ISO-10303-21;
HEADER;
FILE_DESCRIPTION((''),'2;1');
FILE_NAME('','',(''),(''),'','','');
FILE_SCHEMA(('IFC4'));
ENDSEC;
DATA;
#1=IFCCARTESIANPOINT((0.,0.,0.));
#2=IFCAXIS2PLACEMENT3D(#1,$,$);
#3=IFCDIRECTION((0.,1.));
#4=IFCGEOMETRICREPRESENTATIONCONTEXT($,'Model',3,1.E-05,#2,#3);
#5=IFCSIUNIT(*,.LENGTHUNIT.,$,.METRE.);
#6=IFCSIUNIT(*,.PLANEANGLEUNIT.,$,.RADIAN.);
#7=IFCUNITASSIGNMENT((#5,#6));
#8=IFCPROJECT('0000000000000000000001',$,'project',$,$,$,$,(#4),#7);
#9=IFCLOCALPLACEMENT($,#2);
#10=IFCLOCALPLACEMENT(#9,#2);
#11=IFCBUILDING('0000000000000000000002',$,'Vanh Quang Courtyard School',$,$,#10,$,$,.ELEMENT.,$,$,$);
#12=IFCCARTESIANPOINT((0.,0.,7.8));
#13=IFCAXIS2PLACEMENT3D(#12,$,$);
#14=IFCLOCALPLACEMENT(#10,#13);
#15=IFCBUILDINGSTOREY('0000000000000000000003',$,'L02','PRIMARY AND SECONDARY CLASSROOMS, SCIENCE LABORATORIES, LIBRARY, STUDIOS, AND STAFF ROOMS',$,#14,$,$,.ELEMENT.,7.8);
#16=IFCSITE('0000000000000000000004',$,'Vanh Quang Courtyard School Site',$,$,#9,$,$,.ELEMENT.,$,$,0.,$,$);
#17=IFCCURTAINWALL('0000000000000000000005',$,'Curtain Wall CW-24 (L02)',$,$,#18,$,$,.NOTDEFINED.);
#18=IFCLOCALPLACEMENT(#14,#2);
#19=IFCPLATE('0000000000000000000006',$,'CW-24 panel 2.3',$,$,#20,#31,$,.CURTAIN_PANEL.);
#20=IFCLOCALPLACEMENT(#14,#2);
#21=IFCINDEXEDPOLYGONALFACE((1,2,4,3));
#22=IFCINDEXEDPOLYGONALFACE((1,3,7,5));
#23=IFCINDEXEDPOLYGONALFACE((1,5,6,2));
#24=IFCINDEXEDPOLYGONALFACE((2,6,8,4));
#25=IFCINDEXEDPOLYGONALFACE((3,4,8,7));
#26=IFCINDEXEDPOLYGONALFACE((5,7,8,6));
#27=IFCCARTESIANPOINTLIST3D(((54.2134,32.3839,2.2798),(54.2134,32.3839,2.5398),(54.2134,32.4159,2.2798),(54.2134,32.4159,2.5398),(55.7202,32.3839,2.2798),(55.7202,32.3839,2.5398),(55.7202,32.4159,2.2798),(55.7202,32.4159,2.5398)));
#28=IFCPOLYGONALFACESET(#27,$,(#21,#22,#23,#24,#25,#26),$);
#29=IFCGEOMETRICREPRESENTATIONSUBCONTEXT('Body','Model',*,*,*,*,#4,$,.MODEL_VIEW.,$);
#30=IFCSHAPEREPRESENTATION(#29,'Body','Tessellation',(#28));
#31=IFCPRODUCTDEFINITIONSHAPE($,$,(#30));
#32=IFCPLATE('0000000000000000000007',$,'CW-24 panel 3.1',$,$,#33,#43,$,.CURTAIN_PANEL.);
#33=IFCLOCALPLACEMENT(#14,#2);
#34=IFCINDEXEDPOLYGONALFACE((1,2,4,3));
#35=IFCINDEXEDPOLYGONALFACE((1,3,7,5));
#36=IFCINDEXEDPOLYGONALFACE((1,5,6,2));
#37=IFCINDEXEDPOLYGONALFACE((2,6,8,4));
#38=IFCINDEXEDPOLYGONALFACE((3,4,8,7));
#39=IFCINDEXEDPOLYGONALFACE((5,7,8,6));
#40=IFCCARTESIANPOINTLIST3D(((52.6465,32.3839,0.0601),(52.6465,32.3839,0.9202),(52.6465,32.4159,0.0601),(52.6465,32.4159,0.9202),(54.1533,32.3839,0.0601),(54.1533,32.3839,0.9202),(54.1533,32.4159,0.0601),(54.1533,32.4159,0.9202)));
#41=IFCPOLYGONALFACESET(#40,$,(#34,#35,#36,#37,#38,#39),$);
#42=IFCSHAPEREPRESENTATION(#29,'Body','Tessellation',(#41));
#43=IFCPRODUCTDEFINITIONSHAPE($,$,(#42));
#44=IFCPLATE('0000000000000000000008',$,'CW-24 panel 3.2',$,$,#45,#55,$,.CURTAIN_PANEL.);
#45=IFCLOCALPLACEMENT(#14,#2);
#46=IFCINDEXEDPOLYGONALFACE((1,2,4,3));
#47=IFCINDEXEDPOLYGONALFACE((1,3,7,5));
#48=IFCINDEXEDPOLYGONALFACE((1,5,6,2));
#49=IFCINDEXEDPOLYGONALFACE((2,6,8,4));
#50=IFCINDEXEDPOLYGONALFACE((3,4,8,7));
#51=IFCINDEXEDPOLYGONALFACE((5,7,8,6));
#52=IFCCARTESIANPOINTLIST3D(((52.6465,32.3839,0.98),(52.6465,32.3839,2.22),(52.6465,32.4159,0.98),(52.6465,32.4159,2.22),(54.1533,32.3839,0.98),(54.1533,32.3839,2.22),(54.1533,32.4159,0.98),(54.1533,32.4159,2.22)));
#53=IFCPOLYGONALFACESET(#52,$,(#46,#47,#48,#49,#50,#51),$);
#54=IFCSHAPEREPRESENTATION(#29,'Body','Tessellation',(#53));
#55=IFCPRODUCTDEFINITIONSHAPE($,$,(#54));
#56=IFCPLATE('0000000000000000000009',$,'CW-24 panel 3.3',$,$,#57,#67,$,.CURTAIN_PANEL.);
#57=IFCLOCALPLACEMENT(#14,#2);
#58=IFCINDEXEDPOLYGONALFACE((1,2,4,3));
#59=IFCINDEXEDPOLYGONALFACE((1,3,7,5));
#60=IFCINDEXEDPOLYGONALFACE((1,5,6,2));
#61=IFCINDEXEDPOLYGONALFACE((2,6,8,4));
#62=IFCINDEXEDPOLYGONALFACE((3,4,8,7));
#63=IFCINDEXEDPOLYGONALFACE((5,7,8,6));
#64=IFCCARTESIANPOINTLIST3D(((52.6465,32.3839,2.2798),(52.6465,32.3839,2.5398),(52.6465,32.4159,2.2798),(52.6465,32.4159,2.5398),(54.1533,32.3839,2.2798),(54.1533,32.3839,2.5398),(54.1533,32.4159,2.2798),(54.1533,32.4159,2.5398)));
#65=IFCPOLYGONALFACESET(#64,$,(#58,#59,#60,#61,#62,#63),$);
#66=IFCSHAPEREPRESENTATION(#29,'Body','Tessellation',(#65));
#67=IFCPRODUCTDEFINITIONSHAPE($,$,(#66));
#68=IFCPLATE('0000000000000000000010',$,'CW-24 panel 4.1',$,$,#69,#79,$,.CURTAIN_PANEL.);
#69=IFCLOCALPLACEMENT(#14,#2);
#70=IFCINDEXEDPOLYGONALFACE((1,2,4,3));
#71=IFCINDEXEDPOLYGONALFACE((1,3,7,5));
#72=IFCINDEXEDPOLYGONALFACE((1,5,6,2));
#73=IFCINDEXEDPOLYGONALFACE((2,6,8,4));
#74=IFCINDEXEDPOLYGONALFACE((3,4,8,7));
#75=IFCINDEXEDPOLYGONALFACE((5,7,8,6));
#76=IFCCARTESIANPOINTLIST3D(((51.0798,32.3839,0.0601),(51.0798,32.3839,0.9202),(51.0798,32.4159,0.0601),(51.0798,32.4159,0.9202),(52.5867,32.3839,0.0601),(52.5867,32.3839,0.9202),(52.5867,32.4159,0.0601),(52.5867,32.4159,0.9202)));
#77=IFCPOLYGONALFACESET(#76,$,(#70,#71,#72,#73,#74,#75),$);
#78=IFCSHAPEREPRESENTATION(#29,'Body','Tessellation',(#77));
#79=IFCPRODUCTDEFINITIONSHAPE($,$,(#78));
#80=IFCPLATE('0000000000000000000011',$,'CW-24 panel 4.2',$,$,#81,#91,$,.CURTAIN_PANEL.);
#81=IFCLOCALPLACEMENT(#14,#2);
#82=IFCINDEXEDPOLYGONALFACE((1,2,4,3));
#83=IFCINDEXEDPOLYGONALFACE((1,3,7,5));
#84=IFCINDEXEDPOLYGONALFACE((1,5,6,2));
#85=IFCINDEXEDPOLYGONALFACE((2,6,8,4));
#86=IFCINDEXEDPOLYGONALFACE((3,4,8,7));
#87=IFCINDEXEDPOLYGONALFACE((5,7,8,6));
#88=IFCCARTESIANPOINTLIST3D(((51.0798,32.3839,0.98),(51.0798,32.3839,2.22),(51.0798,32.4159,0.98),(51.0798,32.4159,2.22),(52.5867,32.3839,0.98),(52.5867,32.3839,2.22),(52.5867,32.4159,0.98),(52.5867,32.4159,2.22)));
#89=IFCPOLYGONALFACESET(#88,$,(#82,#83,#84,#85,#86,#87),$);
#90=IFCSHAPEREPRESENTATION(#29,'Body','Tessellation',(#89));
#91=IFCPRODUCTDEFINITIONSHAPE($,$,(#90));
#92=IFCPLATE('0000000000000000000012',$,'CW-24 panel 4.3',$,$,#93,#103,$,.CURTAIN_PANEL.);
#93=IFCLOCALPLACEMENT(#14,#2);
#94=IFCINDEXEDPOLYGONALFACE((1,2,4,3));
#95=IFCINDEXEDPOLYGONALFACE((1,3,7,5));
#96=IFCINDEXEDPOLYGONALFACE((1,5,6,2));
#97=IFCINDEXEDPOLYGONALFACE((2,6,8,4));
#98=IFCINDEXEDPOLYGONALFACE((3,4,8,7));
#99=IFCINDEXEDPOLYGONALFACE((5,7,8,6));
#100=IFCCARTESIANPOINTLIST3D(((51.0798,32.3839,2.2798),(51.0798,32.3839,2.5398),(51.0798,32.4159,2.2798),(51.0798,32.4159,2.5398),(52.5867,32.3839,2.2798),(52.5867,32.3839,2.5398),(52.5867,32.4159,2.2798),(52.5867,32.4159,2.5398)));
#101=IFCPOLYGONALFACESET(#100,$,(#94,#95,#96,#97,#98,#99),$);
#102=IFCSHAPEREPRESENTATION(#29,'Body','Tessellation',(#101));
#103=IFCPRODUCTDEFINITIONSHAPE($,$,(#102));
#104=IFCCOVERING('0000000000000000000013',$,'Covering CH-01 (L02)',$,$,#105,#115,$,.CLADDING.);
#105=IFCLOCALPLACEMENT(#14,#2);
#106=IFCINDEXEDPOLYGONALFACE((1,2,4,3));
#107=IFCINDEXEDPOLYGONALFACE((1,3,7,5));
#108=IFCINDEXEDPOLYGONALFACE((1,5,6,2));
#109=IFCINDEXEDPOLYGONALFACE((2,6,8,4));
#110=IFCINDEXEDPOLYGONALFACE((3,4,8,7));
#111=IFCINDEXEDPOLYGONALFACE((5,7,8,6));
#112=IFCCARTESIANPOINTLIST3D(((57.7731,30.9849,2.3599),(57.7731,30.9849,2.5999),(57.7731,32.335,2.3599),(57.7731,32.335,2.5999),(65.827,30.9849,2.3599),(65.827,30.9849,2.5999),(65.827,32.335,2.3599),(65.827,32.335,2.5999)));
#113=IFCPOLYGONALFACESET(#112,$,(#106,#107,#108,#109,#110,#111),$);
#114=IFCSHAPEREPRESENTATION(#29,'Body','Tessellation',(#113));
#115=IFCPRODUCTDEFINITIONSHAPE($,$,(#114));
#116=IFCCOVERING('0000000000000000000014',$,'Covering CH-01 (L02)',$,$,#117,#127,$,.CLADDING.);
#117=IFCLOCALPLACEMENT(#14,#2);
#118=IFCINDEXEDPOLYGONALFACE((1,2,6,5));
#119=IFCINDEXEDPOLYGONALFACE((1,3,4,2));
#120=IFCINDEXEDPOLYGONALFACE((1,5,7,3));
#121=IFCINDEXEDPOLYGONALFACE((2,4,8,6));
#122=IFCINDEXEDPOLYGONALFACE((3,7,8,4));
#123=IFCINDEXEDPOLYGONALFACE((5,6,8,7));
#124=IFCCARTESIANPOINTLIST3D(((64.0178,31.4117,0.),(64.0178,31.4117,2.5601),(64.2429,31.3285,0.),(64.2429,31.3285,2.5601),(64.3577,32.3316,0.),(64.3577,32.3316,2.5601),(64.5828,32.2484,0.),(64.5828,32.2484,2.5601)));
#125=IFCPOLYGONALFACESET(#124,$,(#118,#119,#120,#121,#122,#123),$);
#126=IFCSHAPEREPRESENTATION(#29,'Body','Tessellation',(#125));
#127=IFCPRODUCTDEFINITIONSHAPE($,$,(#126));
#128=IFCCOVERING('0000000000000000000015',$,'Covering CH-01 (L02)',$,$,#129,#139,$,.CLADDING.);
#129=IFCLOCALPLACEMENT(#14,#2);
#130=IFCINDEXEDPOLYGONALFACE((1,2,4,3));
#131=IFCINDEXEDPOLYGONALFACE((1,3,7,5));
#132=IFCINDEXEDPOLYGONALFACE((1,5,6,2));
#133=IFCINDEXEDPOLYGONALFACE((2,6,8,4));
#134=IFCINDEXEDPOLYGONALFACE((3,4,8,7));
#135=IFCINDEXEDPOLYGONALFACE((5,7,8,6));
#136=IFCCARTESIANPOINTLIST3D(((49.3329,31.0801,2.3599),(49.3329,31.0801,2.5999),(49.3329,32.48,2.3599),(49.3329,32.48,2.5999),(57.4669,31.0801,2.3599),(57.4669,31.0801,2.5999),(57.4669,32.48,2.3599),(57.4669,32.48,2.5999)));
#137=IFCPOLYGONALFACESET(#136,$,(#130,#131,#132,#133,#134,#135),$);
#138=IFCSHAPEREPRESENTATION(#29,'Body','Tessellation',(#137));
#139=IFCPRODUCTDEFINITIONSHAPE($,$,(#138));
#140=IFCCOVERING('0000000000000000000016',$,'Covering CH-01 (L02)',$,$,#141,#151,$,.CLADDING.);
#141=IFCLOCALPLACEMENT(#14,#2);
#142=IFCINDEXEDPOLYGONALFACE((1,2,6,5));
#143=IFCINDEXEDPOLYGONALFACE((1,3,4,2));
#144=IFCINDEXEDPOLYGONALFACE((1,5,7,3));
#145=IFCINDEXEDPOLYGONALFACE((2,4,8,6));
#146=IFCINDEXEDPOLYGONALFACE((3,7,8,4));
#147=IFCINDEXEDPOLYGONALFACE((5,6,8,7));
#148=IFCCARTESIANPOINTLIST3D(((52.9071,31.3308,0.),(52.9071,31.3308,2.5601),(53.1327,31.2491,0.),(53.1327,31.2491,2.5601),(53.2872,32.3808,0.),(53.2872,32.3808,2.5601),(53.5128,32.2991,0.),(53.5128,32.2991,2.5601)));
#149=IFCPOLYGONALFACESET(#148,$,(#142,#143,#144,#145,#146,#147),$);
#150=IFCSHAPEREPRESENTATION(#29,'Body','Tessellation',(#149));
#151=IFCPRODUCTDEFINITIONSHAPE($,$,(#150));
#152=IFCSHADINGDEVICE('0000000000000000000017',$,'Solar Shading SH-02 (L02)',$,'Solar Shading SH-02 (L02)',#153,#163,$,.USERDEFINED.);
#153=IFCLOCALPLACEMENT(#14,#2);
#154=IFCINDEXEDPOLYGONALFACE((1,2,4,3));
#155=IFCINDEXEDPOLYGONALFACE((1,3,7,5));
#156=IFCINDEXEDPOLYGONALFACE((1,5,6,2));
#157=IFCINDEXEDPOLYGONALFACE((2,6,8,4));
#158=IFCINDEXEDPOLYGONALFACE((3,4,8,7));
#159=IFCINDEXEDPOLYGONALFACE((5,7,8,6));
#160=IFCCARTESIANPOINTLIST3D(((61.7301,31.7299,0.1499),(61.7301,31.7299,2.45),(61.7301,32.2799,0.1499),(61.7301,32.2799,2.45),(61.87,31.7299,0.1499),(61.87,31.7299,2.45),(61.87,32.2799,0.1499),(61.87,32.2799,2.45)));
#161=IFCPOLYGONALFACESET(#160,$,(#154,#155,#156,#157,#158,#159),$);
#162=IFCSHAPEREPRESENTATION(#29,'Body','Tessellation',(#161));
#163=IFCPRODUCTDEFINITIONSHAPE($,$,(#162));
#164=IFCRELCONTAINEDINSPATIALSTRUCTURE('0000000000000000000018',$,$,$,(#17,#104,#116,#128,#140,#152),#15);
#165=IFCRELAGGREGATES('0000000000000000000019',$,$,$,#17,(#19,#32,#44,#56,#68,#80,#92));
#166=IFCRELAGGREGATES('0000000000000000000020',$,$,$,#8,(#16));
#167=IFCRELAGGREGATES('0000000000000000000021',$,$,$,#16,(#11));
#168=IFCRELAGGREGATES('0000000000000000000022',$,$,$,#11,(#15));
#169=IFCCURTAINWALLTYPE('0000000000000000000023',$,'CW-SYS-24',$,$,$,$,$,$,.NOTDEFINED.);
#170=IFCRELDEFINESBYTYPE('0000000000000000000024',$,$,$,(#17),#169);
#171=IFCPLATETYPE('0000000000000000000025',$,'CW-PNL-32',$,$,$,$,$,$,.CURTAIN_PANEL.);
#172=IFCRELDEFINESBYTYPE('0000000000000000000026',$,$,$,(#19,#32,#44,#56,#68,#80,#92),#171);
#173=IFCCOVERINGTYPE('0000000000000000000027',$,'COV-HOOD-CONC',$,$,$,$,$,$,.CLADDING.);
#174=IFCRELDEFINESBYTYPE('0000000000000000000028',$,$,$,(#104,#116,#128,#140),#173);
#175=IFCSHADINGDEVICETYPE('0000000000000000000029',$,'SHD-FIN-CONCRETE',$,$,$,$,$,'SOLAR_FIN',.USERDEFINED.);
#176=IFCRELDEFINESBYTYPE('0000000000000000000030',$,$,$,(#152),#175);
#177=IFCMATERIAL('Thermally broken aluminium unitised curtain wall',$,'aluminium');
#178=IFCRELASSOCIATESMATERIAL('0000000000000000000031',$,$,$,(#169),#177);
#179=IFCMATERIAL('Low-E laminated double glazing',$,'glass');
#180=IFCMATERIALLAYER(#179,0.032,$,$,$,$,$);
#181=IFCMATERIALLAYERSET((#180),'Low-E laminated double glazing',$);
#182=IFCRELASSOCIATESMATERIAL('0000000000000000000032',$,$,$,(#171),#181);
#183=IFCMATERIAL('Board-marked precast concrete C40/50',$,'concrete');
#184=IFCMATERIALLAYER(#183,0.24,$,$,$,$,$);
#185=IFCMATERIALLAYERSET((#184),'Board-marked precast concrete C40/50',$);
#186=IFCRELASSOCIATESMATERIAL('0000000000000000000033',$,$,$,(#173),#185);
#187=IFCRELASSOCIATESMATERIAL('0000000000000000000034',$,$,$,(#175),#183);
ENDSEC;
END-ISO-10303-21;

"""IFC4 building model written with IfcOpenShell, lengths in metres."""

from ifc_helpers import new_model, si_unit, direction, frame, origin, origin_2d, place, context, subcontext, project, spatial, rectangle, extrude, material, layer, layer_set, type_object, element, aggregate, save


model = new_model("IFC4")

# Units and contexts
model_context = context("Model", 3, precision=1e-05, world=origin(), true_north=direction((0.0, 1.0)))
body_context = subcontext(model_context, "Body", "Model", "MODEL_VIEW")
ifc_project = project(units=[si_unit("LENGTHUNIT", "METRE"), si_unit("PLANEANGLEUNIT", "RADIAN")], contexts=[model_context])

# Site, building, storey
site_placement = place(None, origin())
site = spatial("IfcSite", under=ifc_project, at=site_placement, Name="Vanh Quang Courtyard School Site", CompositionType="ELEMENT", RefElevation=0.0)
building_placement = place(site_placement, origin())
building = spatial("IfcBuilding", under=site, at=building_placement, Name="Vanh Quang Courtyard School", CompositionType="ELEMENT")
storey_placement = place(building_placement, frame((0.0, 0.0, 7.8)))
storey = spatial("IfcBuildingStorey", under=building, at=storey_placement, Name="L02", Description="PRIMARY AND SECONDARY CLASSROOMS, SCIENCE LABORATORIES, LIBRARY, STUDIOS, AND STAFF ROOMS", CompositionType="ELEMENT", Elevation=7.8)

# Curtain wall, plates
ifc_material_1 = material(Name="Thermally broken aluminium unitised curtain wall", Category="aluminium")
curtain_wall_type = type_object("IfcCurtainWallType", Name="CW-SYS-24", PredefinedType="NOTDEFINED", material=ifc_material_1)
curtain_wall_placement = place(storey_placement, origin())
curtain_wall = element("IfcCurtainWall", 1, at=curtain_wall_placement, inside=storey, type_object=curtain_wall_type, Name="Curtain Wall CW-24 (L02)", PredefinedType="NOTDEFINED")
ifc_material_2 = material(Name="Low-E laminated double glazing", Category="glass")
ifc_layer_1 = layer(ifc_material_2, 0.032)
ifc_layer_set_1 = layer_set([ifc_layer_1], Name="Low-E laminated double glazing")
plate_type = type_object("IfcPlateType", Name="CW-PNL-32", PredefinedType="CURTAIN_PANEL", material=ifc_layer_set_1)
plate_1_placement = place(storey_placement, frame((54.9668, 32.3999, 2.2798), z_axis=(0.0, 0.0, 1.0), x_axis=(-1.0, 0.0, 0.0)))
plate_1 = element("IfcPlate", 2, at=plate_1_placement, type_object=plate_type, Name="CW-24 panel 2.3", PredefinedType="CURTAIN_PANEL", context=body_context, shape_type="SweptSolid", body=[
    extrude(rectangle(XDim=1.5068, YDim=0.032, at=origin_2d()), origin(), (0.0, 0.0, 1.0), 0.26),
])
plate_2_placement = place(storey_placement, frame((53.3999, 32.3999, 0.0601), z_axis=(0.0, 0.0, 1.0), x_axis=(-1.0, 0.0, 0.0)))
plate_2 = element("IfcPlate", 3, at=plate_2_placement, type_object=plate_type, Name="CW-24 panel 3.1", PredefinedType="CURTAIN_PANEL", context=body_context, shape_type="SweptSolid", body=[
    extrude(rectangle(XDim=1.5068, YDim=0.032, at=origin_2d()), origin(), (0.0, 0.0, 1.0), 0.8601),
])
plate_3_placement = place(storey_placement, frame((53.3999, 32.3999, 0.98), z_axis=(0.0, 0.0, 1.0), x_axis=(-1.0, 0.0, 0.0)))
plate_3 = element("IfcPlate", 4, at=plate_3_placement, type_object=plate_type, Name="CW-24 panel 3.2", PredefinedType="CURTAIN_PANEL", context=body_context, shape_type="SweptSolid", body=[
    extrude(rectangle(XDim=1.5068, YDim=0.032, at=origin_2d()), origin(), (0.0, 0.0, 1.0), 1.24),
])
plate_4_placement = place(storey_placement, frame((53.3999, 32.3999, 2.2798), z_axis=(0.0, 0.0, 1.0), x_axis=(-1.0, 0.0, 0.0)))
plate_4 = element("IfcPlate", 5, at=plate_4_placement, type_object=plate_type, Name="CW-24 panel 3.3", PredefinedType="CURTAIN_PANEL", context=body_context, shape_type="SweptSolid", body=[
    extrude(rectangle(XDim=1.5068, YDim=0.032, at=origin_2d()), origin(), (0.0, 0.0, 1.0), 0.26),
])
plate_5_placement = place(storey_placement, frame((51.8333, 32.3999, 0.0601), z_axis=(0.0, 0.0, 1.0), x_axis=(-1.0, 0.0, 0.0)))
plate_5 = element("IfcPlate", 6, at=plate_5_placement, type_object=plate_type, Name="CW-24 panel 4.1", PredefinedType="CURTAIN_PANEL", context=body_context, shape_type="SweptSolid", body=[
    extrude(rectangle(XDim=1.5068, YDim=0.032, at=origin_2d()), origin(), (0.0, 0.0, 1.0), 0.8601),
])
plate_6_placement = place(storey_placement, frame((51.8333, 32.3999, 0.98), z_axis=(0.0, 0.0, 1.0), x_axis=(-1.0, 0.0, 0.0)))
plate_6 = element("IfcPlate", 7, at=plate_6_placement, type_object=plate_type, Name="CW-24 panel 4.2", PredefinedType="CURTAIN_PANEL", context=body_context, shape_type="SweptSolid", body=[
    extrude(rectangle(XDim=1.5068, YDim=0.032, at=origin_2d()), origin(), (0.0, 0.0, 1.0), 1.24),
])
plate_7_placement = place(storey_placement, frame((51.8333, 32.3999, 2.2798), z_axis=(0.0, 0.0, 1.0), x_axis=(-1.0, 0.0, 0.0)))
plate_7 = element("IfcPlate", 8, at=plate_7_placement, type_object=plate_type, Name="CW-24 panel 4.3", PredefinedType="CURTAIN_PANEL", context=body_context, shape_type="SweptSolid", body=[
    extrude(rectangle(XDim=1.5068, YDim=0.032, at=origin_2d()), origin(), (0.0, 0.0, 1.0), 0.26),
])
aggregate(curtain_wall, [plate_1, plate_2, plate_3, plate_4, plate_5, plate_6, plate_7])

# Coverings
ifc_material_3 = material(Name="Board-marked precast concrete C40/50", Category="concrete")
ifc_layer_2 = layer(ifc_material_3, 0.24)
ifc_layer_set_2 = layer_set([ifc_layer_2], Name="Board-marked precast concrete C40/50")
covering_type = type_object("IfcCoveringType", Name="COV-HOOD-CONC", PredefinedType="CLADDING", material=ifc_layer_set_2)
covering_1_placement = place(storey_placement, frame((61.8, 31.6599, 2.3599), z_axis=(0.0, 0.0, 1.0), x_axis=(-1.0, 0.0, 0.0)))
element("IfcCovering", 9, at=covering_1_placement, inside=storey, type_object=covering_type, Name="Covering CH-01 (L02)", PredefinedType="CLADDING", context=body_context, shape_type="SweptSolid", body=[
    extrude(rectangle(XDim=8.054, YDim=1.3501, at=origin_2d()), origin(), (0.0, 0.0, 1.0), 0.24),
])
covering_2_placement = place(storey_placement, frame((64.3003, 31.8301, 0.0), z_axis=(0.0, 0.0, 1.0), x_axis=(-0.346608, -0.93801, 0.0)))
element("IfcCovering", 10, at=covering_2_placement, inside=storey, type_object=covering_type, Name="Covering CH-01 (L02)", PredefinedType="CLADDING", context=body_context, shape_type="SweptSolid", body=[
    extrude(rectangle(XDim=0.9807, YDim=0.24, at=origin_2d()), origin(), (0.0, 0.0, 1.0), 2.5601),
])
covering_3_placement = place(storey_placement, frame((53.3999, 31.78, 2.3599), z_axis=(0.0, 0.0, 1.0), x_axis=(-1.0, 0.0, 0.0)))
element("IfcCovering", 11, at=covering_3_placement, inside=storey, type_object=covering_type, Name="Covering CH-01 (L02)", PredefinedType="CLADDING", context=body_context, shape_type="SweptSolid", body=[
    extrude(rectangle(XDim=8.134, YDim=1.3999, at=origin_2d()), origin(), (0.0, 0.0, 1.0), 0.24),
])
covering_4_placement = place(storey_placement, frame((53.21, 31.8149, 0.0), z_axis=(0.0, 0.0, 1.0), x_axis=(-0.34038, -0.940288, 0.0)))
element("IfcCovering", 12, at=covering_4_placement, inside=storey, type_object=covering_type, Name="Covering CH-01 (L02)", PredefinedType="CLADDING", context=body_context, shape_type="SweptSolid", body=[
    extrude(rectangle(XDim=1.1167, YDim=0.24, at=origin_2d()), origin(), (0.0, 0.0, 1.0), 2.5601),
])

# Shading device
shading_device_type = type_object("IfcShadingDeviceType", Name="SHD-FIN-CONCRETE", ElementType="SOLAR_FIN", PredefinedType="USERDEFINED", material=ifc_material_3)
shading_device_placement = place(storey_placement, frame((61.8, 32.0049, 0.1499), z_axis=(0.0, 0.0, 1.0), x_axis=(-1.0, 0.0, 0.0)))
element("IfcShadingDevice", 13, at=shading_device_placement, inside=storey, type_object=shading_device_type, Name="Solar Shading SH-02 (L02)", ObjectType="Solar Shading SH-02 (L02)", PredefinedType="USERDEFINED", context=body_context, shape_type="SweptSolid", body=[
    extrude(rectangle(XDim=0.1399, YDim=0.55, at=origin_2d()), origin(), (0.0, 0.0, 1.0), 2.3),
])

save(model, "model.ifc")
